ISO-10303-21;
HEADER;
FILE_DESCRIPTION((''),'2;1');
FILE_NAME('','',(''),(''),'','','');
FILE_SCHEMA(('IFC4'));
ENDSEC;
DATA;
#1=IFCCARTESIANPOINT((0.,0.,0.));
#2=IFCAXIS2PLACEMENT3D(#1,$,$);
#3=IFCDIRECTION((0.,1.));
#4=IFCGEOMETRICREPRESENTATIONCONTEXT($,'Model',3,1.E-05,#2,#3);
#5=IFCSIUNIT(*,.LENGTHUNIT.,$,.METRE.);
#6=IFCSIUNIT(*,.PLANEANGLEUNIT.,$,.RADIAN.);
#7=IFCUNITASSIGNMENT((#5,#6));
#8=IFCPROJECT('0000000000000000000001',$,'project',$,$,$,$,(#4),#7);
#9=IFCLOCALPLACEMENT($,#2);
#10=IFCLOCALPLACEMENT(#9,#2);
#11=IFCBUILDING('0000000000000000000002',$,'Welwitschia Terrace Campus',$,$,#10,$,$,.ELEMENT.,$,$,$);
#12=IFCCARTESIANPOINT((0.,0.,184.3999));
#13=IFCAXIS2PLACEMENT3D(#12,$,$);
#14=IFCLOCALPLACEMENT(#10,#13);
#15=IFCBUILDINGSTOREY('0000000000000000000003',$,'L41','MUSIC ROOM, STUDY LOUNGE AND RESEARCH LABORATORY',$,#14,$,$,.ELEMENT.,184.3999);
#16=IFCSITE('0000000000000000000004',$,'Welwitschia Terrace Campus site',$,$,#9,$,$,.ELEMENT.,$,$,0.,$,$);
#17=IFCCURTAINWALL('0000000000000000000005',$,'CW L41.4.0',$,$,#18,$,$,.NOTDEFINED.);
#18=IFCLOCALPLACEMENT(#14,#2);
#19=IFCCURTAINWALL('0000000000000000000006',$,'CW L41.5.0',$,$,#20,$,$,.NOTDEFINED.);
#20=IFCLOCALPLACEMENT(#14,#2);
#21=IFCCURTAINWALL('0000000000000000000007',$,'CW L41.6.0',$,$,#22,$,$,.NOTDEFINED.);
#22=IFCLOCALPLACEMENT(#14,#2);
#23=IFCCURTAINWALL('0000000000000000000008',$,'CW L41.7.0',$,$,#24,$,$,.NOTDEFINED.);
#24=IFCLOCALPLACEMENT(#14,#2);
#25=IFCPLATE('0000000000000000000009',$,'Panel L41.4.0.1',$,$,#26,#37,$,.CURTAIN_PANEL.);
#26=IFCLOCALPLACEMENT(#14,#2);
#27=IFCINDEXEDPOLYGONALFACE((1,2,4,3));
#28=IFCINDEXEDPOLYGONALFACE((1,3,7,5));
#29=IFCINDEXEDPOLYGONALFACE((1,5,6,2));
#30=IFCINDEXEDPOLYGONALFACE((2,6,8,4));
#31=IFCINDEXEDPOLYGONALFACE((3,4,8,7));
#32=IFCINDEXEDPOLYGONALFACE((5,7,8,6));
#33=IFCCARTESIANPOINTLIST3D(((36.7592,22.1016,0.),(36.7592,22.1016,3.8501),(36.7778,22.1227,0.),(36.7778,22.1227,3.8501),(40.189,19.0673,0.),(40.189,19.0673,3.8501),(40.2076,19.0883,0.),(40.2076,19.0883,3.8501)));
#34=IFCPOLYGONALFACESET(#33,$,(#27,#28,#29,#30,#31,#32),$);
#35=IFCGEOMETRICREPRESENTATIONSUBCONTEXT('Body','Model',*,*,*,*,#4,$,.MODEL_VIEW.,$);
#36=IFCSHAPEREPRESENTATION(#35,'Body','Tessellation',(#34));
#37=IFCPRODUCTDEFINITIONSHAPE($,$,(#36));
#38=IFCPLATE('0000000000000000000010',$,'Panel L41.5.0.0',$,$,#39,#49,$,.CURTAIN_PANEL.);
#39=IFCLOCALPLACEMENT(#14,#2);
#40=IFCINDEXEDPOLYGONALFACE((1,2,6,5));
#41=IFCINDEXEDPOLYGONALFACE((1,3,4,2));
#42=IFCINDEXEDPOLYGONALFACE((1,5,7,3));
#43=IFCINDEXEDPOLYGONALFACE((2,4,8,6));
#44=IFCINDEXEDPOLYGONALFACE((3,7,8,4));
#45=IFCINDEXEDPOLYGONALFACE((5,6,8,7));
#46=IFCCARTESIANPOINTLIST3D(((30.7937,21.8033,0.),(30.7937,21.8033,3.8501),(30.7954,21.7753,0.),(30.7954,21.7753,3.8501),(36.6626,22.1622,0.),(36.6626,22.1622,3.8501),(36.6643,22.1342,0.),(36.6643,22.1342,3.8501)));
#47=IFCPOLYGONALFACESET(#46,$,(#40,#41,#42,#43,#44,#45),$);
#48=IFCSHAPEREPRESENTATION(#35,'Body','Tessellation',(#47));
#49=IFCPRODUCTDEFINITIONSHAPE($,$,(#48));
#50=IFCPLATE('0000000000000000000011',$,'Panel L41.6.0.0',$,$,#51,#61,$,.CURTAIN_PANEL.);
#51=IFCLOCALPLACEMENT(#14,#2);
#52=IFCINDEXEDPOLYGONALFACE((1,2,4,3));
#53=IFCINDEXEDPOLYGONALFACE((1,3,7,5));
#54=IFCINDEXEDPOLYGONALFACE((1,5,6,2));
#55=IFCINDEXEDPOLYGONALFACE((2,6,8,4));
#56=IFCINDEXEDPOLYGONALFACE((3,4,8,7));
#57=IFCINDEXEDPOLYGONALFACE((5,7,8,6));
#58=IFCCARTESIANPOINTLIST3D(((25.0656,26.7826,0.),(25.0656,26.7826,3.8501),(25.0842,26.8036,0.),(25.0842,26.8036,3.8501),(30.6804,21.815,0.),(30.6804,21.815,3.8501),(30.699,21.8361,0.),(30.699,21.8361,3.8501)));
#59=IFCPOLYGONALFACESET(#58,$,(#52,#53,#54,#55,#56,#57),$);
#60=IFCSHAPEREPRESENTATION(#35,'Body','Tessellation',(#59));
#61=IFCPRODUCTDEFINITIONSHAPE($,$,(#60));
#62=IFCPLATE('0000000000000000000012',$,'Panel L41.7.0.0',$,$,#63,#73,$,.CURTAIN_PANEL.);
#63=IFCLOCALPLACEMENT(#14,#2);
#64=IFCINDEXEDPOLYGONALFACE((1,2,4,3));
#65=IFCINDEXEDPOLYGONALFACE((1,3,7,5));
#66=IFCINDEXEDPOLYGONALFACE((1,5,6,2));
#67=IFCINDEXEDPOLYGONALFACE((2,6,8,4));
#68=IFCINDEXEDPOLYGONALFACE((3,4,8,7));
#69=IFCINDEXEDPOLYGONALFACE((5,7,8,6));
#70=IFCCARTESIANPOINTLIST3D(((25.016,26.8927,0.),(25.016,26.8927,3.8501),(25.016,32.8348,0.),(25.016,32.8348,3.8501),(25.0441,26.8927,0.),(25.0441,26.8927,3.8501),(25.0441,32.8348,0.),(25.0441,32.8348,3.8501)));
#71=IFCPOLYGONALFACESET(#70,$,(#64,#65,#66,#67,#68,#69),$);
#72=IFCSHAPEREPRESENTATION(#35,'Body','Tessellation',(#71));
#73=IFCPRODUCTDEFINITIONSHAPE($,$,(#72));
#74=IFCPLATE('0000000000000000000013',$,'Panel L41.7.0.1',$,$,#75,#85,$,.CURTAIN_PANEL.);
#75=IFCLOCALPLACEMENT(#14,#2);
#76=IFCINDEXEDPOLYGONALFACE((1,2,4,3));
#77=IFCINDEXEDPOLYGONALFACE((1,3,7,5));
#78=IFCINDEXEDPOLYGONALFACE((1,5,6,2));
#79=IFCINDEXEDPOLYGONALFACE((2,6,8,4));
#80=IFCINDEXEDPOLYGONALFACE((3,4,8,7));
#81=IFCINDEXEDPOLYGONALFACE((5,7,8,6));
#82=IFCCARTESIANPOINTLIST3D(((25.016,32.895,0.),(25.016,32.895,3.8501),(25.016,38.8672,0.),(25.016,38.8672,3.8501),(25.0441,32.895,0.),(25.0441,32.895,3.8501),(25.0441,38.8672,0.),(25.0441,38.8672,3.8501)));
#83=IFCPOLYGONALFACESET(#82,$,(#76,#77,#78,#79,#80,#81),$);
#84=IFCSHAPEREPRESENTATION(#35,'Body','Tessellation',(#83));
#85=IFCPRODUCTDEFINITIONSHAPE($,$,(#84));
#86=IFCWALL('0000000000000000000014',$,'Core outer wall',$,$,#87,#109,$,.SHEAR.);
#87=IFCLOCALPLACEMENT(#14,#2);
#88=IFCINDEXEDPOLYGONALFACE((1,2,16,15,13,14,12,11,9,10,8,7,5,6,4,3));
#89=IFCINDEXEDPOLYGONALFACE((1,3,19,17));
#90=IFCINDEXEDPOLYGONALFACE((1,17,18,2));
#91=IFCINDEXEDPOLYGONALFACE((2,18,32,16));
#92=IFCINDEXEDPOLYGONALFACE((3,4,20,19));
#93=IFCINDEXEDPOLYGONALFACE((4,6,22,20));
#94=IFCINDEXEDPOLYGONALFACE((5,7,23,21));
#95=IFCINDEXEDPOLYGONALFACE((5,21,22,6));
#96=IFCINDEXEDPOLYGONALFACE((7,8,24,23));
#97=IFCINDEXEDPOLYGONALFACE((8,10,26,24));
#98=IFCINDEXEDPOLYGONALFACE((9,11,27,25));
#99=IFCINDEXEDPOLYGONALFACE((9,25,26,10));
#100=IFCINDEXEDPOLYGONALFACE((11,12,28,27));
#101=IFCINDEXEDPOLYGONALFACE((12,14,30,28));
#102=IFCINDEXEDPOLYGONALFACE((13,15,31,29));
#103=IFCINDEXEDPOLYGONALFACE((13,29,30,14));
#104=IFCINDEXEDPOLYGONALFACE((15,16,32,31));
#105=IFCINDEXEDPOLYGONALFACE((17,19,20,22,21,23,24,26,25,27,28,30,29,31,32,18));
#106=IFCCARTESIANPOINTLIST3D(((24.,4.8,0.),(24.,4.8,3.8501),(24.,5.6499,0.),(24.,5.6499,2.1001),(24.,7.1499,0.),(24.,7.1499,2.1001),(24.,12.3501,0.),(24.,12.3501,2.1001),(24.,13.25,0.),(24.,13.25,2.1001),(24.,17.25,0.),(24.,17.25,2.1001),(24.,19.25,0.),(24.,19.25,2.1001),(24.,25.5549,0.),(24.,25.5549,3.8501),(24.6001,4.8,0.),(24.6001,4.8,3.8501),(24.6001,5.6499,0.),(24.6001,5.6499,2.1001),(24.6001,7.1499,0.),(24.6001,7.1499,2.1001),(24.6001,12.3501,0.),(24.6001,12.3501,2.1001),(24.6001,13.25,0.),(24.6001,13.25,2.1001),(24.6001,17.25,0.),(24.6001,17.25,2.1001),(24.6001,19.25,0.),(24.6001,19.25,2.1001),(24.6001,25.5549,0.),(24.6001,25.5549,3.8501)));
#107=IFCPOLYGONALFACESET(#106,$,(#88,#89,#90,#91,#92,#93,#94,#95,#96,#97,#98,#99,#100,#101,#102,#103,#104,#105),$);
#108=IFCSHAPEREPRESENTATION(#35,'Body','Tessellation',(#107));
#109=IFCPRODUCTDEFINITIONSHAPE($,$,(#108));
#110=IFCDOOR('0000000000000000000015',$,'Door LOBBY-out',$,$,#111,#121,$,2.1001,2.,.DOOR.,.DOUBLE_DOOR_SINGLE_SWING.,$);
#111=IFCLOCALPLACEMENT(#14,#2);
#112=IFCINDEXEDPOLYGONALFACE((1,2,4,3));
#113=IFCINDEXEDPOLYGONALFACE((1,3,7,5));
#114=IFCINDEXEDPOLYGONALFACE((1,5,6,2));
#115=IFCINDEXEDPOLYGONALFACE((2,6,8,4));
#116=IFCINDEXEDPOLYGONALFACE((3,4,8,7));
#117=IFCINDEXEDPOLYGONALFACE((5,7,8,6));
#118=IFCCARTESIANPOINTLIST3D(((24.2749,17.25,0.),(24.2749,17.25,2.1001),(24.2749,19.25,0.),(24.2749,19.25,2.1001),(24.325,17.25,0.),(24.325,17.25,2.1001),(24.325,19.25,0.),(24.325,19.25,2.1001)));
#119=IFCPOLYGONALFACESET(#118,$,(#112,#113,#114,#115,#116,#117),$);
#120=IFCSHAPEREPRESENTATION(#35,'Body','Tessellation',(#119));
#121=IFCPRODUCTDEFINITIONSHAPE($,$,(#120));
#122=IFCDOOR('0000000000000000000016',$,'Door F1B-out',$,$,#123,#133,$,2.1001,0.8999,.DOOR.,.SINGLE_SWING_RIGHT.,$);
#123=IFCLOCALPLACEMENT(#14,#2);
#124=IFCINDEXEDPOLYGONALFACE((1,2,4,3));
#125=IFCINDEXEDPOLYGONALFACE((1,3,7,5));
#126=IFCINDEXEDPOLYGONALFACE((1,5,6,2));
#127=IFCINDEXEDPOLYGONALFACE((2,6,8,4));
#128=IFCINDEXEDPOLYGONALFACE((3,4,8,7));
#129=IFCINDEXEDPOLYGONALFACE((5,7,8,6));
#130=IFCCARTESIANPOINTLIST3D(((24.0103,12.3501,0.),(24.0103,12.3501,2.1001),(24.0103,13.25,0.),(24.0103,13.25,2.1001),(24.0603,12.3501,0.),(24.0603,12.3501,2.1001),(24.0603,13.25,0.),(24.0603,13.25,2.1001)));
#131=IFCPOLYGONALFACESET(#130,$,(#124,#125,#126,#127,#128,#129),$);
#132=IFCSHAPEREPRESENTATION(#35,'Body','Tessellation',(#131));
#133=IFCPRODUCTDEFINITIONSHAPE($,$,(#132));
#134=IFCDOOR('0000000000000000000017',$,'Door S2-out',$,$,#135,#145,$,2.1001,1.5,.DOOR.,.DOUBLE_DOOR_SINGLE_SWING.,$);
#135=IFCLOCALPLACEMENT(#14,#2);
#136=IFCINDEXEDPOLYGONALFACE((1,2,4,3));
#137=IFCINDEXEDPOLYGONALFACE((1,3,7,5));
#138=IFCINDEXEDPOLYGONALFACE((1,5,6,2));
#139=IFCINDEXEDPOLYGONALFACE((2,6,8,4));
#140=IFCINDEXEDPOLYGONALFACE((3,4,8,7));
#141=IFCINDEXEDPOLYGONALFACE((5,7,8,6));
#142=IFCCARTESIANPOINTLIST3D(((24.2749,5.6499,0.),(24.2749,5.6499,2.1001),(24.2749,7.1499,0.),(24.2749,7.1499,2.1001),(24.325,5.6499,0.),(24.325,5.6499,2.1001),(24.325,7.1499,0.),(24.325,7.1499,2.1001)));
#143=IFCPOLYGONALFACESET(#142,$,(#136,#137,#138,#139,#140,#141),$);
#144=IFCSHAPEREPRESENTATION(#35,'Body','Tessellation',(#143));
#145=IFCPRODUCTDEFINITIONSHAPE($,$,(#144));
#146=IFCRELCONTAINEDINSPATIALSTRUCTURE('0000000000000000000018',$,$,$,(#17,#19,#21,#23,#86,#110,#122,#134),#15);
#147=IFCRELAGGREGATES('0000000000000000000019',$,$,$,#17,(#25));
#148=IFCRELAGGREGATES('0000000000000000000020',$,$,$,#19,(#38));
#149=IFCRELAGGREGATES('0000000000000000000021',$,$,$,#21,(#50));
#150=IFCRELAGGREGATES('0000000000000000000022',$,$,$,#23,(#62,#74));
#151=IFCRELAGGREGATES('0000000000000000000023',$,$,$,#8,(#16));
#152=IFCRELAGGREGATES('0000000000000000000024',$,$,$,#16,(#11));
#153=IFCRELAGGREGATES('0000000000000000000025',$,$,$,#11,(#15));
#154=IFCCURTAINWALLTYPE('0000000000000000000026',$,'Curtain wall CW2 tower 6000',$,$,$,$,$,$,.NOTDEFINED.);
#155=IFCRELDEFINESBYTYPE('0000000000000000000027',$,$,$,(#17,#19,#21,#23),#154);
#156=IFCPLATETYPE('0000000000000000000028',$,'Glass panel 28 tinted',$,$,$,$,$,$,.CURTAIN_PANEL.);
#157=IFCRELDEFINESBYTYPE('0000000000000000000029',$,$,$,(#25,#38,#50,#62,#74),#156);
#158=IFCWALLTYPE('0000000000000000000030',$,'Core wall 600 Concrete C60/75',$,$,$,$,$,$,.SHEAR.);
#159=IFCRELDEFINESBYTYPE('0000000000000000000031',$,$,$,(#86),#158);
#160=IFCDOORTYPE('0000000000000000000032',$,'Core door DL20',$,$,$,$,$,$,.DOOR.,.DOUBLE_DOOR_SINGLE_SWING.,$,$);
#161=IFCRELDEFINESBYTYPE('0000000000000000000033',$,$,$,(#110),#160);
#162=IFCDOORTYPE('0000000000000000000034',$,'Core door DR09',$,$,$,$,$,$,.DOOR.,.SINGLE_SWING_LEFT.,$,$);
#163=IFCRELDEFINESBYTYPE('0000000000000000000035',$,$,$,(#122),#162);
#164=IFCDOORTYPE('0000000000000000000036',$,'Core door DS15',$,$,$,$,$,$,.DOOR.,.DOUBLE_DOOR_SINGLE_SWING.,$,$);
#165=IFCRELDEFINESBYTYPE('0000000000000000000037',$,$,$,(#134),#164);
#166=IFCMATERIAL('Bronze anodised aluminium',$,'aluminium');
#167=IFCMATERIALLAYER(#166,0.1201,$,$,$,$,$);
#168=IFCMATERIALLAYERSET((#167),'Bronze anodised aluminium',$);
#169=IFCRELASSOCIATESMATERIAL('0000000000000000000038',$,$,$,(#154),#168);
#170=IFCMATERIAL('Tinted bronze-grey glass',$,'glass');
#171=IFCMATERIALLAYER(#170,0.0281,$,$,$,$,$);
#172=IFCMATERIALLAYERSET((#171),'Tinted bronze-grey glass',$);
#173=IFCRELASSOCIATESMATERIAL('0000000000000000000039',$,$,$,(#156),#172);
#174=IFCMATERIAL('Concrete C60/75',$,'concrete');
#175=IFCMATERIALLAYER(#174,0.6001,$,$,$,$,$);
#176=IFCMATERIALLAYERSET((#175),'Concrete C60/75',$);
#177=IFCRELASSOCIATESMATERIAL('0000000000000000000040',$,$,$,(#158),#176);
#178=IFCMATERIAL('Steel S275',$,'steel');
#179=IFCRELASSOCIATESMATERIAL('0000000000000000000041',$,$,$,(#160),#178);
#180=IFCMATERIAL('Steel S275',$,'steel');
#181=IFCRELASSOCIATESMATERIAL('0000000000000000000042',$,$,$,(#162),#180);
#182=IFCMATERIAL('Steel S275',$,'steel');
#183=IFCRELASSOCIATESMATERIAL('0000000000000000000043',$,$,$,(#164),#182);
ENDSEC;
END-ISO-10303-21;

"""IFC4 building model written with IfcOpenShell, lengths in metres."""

from ifc_helpers import new_model, si_unit, direction, frame, frame_2d, origin, origin_2d, place, context, subcontext, project, spatial, rectangle, extrude, material, layer, layer_set, type_object, element, fill, aggregate, save


model = new_model("IFC4")

# Units and contexts
model_context = context("Model", 3, precision=1e-05, world=origin(), true_north=direction((0.0, 1.0)))
body_context = subcontext(model_context, "Body", "Model", "MODEL_VIEW")
ifc_project = project(units=[si_unit("LENGTHUNIT", "METRE"), si_unit("PLANEANGLEUNIT", "RADIAN")], contexts=[model_context])

# Site, building, storey
site_placement = place(None, origin())
site = spatial("IfcSite", under=ifc_project, at=site_placement, Name="Welwitschia Terrace Campus site", CompositionType="ELEMENT", RefElevation=0.0)
building_placement = place(site_placement, origin())
building = spatial("IfcBuilding", under=site, at=building_placement, Name="Welwitschia Terrace Campus", CompositionType="ELEMENT")
storey_placement = place(building_placement, frame((0.0, 0.0, 184.3999)))
storey = spatial("IfcBuildingStorey", under=building, at=storey_placement, Name="L41", Description="MUSIC ROOM, STUDY LOUNGE AND RESEARCH LABORATORY", CompositionType="ELEMENT", Elevation=184.3999)

# Curtain wall
ifc_material_1 = material(Name="Bronze anodised aluminium", Category="aluminium")
ifc_layer_1 = layer(ifc_material_1, 0.1201)
ifc_layer_set_1 = layer_set([ifc_layer_1], Name="Bronze anodised aluminium")
curtain_wall_type = type_object("IfcCurtainWallType", Name="Curtain wall CW2 tower 6000", PredefinedType="NOTDEFINED", material=ifc_layer_set_1)
curtain_wall_1_placement = place(storey_placement, origin())
curtain_wall_1 = element("IfcCurtainWall", 1, at=curtain_wall_1_placement, inside=storey, type_object=curtain_wall_type, Name="CW L41.4.0", PredefinedType="NOTDEFINED")

# Curtain walls
curtain_wall_2_placement = place(storey_placement, origin())
curtain_wall_2 = element("IfcCurtainWall", 2, at=curtain_wall_2_placement, inside=storey, type_object=curtain_wall_type, Name="CW L41.5.0", PredefinedType="NOTDEFINED")
curtain_wall_3_placement = place(storey_placement, origin())
curtain_wall_3 = element("IfcCurtainWall", 3, at=curtain_wall_3_placement, inside=storey, type_object=curtain_wall_type, Name="CW L41.6.0", PredefinedType="NOTDEFINED")
curtain_wall_4_placement = place(storey_placement, origin())
curtain_wall_4 = element("IfcCurtainWall", 4, at=curtain_wall_4_placement, inside=storey, type_object=curtain_wall_type, Name="CW L41.7.0", PredefinedType="NOTDEFINED")

# Plates
ifc_material_2 = material(Name="Tinted bronze-grey glass", Category="glass")
ifc_layer_2 = layer(ifc_material_2, 0.0281)
ifc_layer_set_2 = layer_set([ifc_layer_2], Name="Tinted bronze-grey glass")
plate_type = type_object("IfcPlateType", Name="Glass panel 28 tinted", PredefinedType="CURTAIN_PANEL", material=ifc_layer_set_2)
plate_1_placement = place(storey_placement, frame((38.4834, 20.595, 0.0), z_axis=(0.0, 0.0, 1.0), x_axis=(-0.748956, 0.66262, 0.0)))
plate_1 = element("IfcPlate", 5, at=plate_1_placement, type_object=plate_type, Name="Panel L41.4.0.1", PredefinedType="CURTAIN_PANEL", context=body_context, shape_type="SweptSolid", body=[
    extrude(rectangle(XDim=4.5793, YDim=0.0281, at=origin_2d()), origin(), (0.0, 0.0, 1.0), 3.8501),
])
aggregate(curtain_wall_1, [plate_1])
plate_2_placement = place(storey_placement, frame((33.729, 21.9688, 0.0), z_axis=(0.0, 0.0, 1.0), x_axis=(-0.998135, -0.061049, 0.0)))
plate_2 = element("IfcPlate", 6, at=plate_2_placement, type_object=plate_type, Name="Panel L41.5.0.0", PredefinedType="CURTAIN_PANEL", context=body_context, shape_type="SweptSolid", body=[
    extrude(rectangle(XDim=5.8799, YDim=0.0281, at=origin_2d()), origin(), (0.0, 0.0, 1.0), 3.8501),
])
aggregate(curtain_wall_2, [plate_2])
plate_3_placement = place(storey_placement, frame((27.8823, 24.3093, 0.0), z_axis=(0.0, 0.0, 1.0), x_axis=(-0.748956, 0.66262, 0.0)))
plate_3 = element("IfcPlate", 7, at=plate_3_placement, type_object=plate_type, Name="Panel L41.6.0.0", PredefinedType="CURTAIN_PANEL", context=body_context, shape_type="SweptSolid", body=[
    extrude(rectangle(XDim=7.4968, YDim=0.0281, at=origin_2d()), origin(), (0.0, 0.0, 1.0), 3.8501),
])
aggregate(curtain_wall_3, [plate_3])
plate_4_placement = place(storey_placement, frame((25.03, 29.8638, 0.0), z_axis=(0.0, 0.0, 1.0), x_axis=(0.0, 1.0, 0.0)))
plate_4 = element("IfcPlate", 8, at=plate_4_placement, type_object=plate_type, Name="Panel L41.7.0.0", PredefinedType="CURTAIN_PANEL", context=body_context, shape_type="SweptSolid", body=[
    extrude(rectangle(XDim=5.9421, YDim=0.0281, at=origin_2d()), origin(), (0.0, 0.0, 1.0), 3.8501),
])
plate_5_placement = place(storey_placement, frame((25.03, 35.8811, 0.0), z_axis=(0.0, 0.0, 1.0), x_axis=(0.0, 1.0, 0.0)))
plate_5 = element("IfcPlate", 9, at=plate_5_placement, type_object=plate_type, Name="Panel L41.7.0.1", PredefinedType="CURTAIN_PANEL", context=body_context, shape_type="SweptSolid", body=[
    extrude(rectangle(XDim=5.9722, YDim=0.0281, at=origin_2d()), origin(), (0.0, 0.0, 1.0), 3.8501),
])
aggregate(curtain_wall_4, [plate_4, plate_5])

# Wall, openings, doors
ifc_material_3 = material(Name="Concrete C60/75", Category="concrete")
ifc_layer_3 = layer(ifc_material_3, 0.6001)
ifc_layer_set_3 = layer_set([ifc_layer_3], Name="Concrete C60/75")
wall_type = type_object("IfcWallType", Name="Core wall 600 Concrete C60/75", PredefinedType="SHEAR", material=ifc_layer_set_3)
wall_placement = place(storey_placement, frame((24.3, 25.5549, 0.0), z_axis=(0.0, 0.0, 1.0), x_axis=(0.0, -1.0, 0.0)))
wall = element("IfcWall", 10, at=wall_placement, inside=storey, type_object=wall_type, Name="Core outer wall", PredefinedType="SHEAR", context=body_context, shape_type="SweptSolid", body=[
    extrude(rectangle(XDim=20.7549, YDim=0.6001, at=frame_2d((10.3774, 0.0))), origin(), (0.0, 0.0, 1.0), 3.8501),
])
opening_1_placement = place(wall_placement, frame((18.405, 0.0, 0.0)))
opening_1 = element("IfcOpeningElement", 11, at=opening_1_placement, cuts=wall, PredefinedType="OPENING", context=body_context, shape_type="SweptSolid", body=[
    extrude(rectangle(XDim=1.5, YDim=2.1001, at=frame_2d((0.75, 1.05))), frame((0.0, 0.3101, 0.0), z_axis=(0.0, -1.0, 0.0), x_axis=(1.0, 0.0, 0.0)), (0.0, 0.0, 1.0), 0.6201),
])
opening_2_placement = place(wall_placement, frame((12.3049, 0.0, 0.0)))
opening_2 = element("IfcOpeningElement", 12, at=opening_2_placement, cuts=wall, PredefinedType="OPENING", context=body_context, shape_type="SweptSolid", body=[
    extrude(rectangle(XDim=0.8999, YDim=2.1001, at=frame_2d((0.45, 1.05))), frame((0.0, 0.3101, 0.0), z_axis=(0.0, -1.0, 0.0), x_axis=(1.0, 0.0, 0.0)), (0.0, 0.0, 1.0), 0.6201),
])
opening_3_placement = place(wall_placement, frame((6.3049, 0.0, 0.0)))
opening_3 = element("IfcOpeningElement", 13, at=opening_3_placement, cuts=wall, PredefinedType="OPENING", context=body_context, shape_type="SweptSolid", body=[
    extrude(rectangle(XDim=2.0, YDim=2.1001, at=frame_2d((1.0, 1.05))), frame((0.0, 0.3101, 0.0), z_axis=(0.0, -1.0, 0.0), x_axis=(1.0, 0.0, 0.0)), (0.0, 0.0, 1.0), 0.6201),
])
ifc_material_4 = material(Name="Steel S275", Category="steel")
door_type_1 = type_object("IfcDoorType", Name="Core door DL20", OperationType="DOUBLE_DOOR_SINGLE_SWING", PredefinedType="DOOR", material=ifc_material_4)
door_1_placement = place(opening_3_placement, origin())
door_1 = element("IfcDoor", 14, at=door_1_placement, inside=storey, type_object=door_type_1, Name="Door LOBBY-out", OperationType="DOUBLE_DOOR_SINGLE_SWING", OverallHeight=2.1001, OverallWidth=2.0, PredefinedType="DOOR", context=body_context, shape_type="SweptSolid", body=[
    extrude(rectangle(XDim=2.0, YDim=2.1001, at=frame_2d((1.0, 1.05))), frame((0.0, 0.0249, 0.0), z_axis=(0.0, -1.0, 0.0), x_axis=(1.0, 0.0, 0.0)), (0.0, 0.0, 1.0), 0.05),
])
fill(opening_3, door_1)
ifc_material_5 = material(Name="Steel S275", Category="steel")
door_type_2 = type_object("IfcDoorType", Name="Core door DR09", OperationType="SINGLE_SWING_LEFT", PredefinedType="DOOR", material=ifc_material_5)
door_2_placement = place(opening_2_placement, origin())
door_2 = element("IfcDoor", 15, at=door_2_placement, inside=storey, type_object=door_type_2, Name="Door F1B-out", OperationType="SINGLE_SWING_RIGHT", OverallHeight=2.1001, OverallWidth=0.8999, PredefinedType="DOOR", context=body_context, shape_type="SweptSolid", body=[
    extrude(rectangle(XDim=0.8999, YDim=2.1001, at=frame_2d((0.45, 1.05))), frame((0.0, -0.2397, 0.0), z_axis=(0.0, -1.0, 0.0), x_axis=(1.0, 0.0, 0.0)), (0.0, 0.0, 1.0), 0.05),
])
fill(opening_2, door_2)
ifc_material_6 = material(Name="Steel S275", Category="steel")
door_type_3 = type_object("IfcDoorType", Name="Core door DS15", OperationType="DOUBLE_DOOR_SINGLE_SWING", PredefinedType="DOOR", material=ifc_material_6)
door_3_placement = place(opening_1_placement, origin())
door_3 = element("IfcDoor", 16, at=door_3_placement, inside=storey, type_object=door_type_3, Name="Door S2-out", OperationType="DOUBLE_DOOR_SINGLE_SWING", OverallHeight=2.1001, OverallWidth=1.5, PredefinedType="DOOR", context=body_context, shape_type="SweptSolid", body=[
    extrude(rectangle(XDim=1.5, YDim=2.1001, at=frame_2d((0.75, 1.05))), frame((0.0, 0.0249, 0.0), z_axis=(0.0, -1.0, 0.0), x_axis=(1.0, 0.0, 0.0)), (0.0, 0.0, 1.0), 0.05),
])
fill(opening_1, door_3)

save(model, "model.ifc")
